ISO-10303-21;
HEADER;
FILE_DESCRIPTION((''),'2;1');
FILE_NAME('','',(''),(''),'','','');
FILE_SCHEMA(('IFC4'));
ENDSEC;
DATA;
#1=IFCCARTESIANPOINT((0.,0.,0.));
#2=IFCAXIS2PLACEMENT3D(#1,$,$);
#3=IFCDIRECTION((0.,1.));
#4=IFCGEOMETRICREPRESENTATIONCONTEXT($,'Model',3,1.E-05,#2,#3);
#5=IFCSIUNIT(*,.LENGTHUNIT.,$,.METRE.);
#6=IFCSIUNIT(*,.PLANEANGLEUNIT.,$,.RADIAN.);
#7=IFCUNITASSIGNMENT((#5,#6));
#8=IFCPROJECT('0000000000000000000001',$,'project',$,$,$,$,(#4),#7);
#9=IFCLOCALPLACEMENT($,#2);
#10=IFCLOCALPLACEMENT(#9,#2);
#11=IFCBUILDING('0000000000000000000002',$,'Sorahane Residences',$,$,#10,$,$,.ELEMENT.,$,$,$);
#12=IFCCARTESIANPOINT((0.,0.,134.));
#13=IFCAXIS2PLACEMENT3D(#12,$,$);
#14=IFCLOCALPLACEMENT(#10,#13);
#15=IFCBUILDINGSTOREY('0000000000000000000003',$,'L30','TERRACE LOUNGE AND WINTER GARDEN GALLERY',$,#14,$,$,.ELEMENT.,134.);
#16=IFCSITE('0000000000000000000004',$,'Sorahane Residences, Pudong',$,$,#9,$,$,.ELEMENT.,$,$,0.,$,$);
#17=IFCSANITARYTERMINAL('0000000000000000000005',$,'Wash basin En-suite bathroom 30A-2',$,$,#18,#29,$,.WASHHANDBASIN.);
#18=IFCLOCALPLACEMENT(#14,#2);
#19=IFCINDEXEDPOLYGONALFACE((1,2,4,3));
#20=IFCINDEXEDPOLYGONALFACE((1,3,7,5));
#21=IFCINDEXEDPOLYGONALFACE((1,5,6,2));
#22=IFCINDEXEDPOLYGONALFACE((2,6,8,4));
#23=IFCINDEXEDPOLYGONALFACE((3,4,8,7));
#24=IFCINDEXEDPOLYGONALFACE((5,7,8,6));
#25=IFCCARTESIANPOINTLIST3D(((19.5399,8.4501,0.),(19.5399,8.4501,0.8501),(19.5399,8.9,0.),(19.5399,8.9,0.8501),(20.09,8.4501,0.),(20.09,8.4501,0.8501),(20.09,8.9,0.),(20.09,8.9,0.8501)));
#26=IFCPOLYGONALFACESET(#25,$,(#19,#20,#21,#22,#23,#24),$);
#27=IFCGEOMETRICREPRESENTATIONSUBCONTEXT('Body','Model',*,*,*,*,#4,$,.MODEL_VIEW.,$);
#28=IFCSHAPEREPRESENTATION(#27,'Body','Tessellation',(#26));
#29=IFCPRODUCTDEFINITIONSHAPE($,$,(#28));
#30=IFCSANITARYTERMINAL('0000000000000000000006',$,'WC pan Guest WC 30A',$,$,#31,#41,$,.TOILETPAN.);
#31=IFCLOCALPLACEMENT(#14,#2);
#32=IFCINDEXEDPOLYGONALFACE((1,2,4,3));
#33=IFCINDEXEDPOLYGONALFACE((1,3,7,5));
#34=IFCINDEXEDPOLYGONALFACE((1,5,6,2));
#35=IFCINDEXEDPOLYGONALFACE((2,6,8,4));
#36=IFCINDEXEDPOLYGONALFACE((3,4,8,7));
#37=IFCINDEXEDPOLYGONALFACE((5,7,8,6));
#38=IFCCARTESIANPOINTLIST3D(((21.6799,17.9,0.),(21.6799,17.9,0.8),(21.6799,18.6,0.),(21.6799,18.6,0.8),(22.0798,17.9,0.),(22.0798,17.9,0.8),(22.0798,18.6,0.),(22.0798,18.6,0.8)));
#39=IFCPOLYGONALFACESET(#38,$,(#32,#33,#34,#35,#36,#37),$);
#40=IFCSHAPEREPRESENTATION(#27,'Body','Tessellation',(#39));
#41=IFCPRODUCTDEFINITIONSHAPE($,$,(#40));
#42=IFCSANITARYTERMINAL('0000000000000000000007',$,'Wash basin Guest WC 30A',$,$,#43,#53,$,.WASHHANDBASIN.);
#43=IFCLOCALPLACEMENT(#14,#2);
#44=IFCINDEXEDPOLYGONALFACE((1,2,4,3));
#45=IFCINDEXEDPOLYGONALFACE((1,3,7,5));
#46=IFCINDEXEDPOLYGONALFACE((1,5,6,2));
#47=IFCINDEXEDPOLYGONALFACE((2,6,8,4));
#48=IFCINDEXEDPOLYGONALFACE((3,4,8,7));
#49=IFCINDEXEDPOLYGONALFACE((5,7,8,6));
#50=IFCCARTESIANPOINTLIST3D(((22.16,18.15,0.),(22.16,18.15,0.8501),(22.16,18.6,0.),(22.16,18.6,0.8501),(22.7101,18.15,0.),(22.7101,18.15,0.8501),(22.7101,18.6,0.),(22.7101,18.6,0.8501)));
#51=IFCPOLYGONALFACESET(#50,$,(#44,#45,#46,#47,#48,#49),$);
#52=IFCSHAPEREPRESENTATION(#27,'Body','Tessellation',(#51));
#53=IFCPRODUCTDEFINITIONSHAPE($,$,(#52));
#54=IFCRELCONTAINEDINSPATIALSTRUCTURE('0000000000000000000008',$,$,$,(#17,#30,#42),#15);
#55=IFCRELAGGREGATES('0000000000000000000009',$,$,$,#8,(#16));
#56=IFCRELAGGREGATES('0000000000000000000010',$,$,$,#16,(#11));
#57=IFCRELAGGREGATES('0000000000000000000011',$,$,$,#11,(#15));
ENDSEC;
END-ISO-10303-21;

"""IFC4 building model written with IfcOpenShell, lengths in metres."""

from ifc_helpers import new_model, si_unit, direction, frame, origin, origin_2d, place, context, subcontext, project, spatial, rectangle, extrude, element, save


model = new_model("IFC4")

# Units and contexts
model_context = context("Model", 3, precision=1e-05, world=origin(), true_north=direction((0.0, 1.0)))
body_context = subcontext(model_context, "Body", "Model", "MODEL_VIEW")
ifc_project = project(units=[si_unit("LENGTHUNIT", "METRE"), si_unit("PLANEANGLEUNIT", "RADIAN")], contexts=[model_context])

# Site, building, storey
site_placement = place(None, origin())
site = spatial("IfcSite", under=ifc_project, at=site_placement, Name="Sorahane Residences, Pudong", CompositionType="ELEMENT", RefElevation=0.0)
building_placement = place(site_placement, origin())
building = spatial("IfcBuilding", under=site, at=building_placement, Name="Sorahane Residences", CompositionType="ELEMENT")
storey_placement = place(building_placement, frame((0.0, 0.0, 134.0)))
storey = spatial("IfcBuildingStorey", under=building, at=storey_placement, Name="L30", Description="TERRACE LOUNGE AND WINTER GARDEN GALLERY", CompositionType="ELEMENT", Elevation=134.0)

# Sanitary terminals
sanitary_terminal_1_placement = place(storey_placement, frame((19.8149, 8.675, 0.0), z_axis=(0.0, 0.0, 1.0), x_axis=(1.0, 0.0, 0.0)))
element("IfcSanitaryTerminal", 1, at=sanitary_terminal_1_placement, inside=storey, Name="Wash basin En-suite bathroom 30A-2", PredefinedType="WASHHANDBASIN", context=body_context, shape_type="SweptSolid", body=[
    extrude(rectangle(XDim=0.55, YDim=0.45, at=origin_2d()), origin(), (0.0, 0.0, 1.0), 0.8501),
])
sanitary_terminal_2_placement = place(storey_placement, frame((21.8799, 18.25, 0.0), z_axis=(0.0, 0.0, 1.0), x_axis=(1.0, 0.0, 0.0)))
element("IfcSanitaryTerminal", 2, at=sanitary_terminal_2_placement, inside=storey, Name="WC pan Guest WC 30A", PredefinedType="TOILETPAN", context=body_context, shape_type="SweptSolid", body=[
    extrude(rectangle(XDim=0.3999, YDim=0.7, at=origin_2d()), origin(), (0.0, 0.0, 1.0), 0.8),
])
sanitary_terminal_3_placement = place(storey_placement, frame((22.4351, 18.375, 0.0), z_axis=(0.0, 0.0, 1.0), x_axis=(1.0, 0.0, 0.0)))
element("IfcSanitaryTerminal", 3, at=sanitary_terminal_3_placement, inside=storey, Name="Wash basin Guest WC 30A", PredefinedType="WASHHANDBASIN", context=body_context, shape_type="SweptSolid", body=[
    extrude(rectangle(XDim=0.55, YDim=0.45, at=origin_2d()), origin(), (0.0, 0.0, 1.0), 0.8501),
])

save(model, "model.ifc")
